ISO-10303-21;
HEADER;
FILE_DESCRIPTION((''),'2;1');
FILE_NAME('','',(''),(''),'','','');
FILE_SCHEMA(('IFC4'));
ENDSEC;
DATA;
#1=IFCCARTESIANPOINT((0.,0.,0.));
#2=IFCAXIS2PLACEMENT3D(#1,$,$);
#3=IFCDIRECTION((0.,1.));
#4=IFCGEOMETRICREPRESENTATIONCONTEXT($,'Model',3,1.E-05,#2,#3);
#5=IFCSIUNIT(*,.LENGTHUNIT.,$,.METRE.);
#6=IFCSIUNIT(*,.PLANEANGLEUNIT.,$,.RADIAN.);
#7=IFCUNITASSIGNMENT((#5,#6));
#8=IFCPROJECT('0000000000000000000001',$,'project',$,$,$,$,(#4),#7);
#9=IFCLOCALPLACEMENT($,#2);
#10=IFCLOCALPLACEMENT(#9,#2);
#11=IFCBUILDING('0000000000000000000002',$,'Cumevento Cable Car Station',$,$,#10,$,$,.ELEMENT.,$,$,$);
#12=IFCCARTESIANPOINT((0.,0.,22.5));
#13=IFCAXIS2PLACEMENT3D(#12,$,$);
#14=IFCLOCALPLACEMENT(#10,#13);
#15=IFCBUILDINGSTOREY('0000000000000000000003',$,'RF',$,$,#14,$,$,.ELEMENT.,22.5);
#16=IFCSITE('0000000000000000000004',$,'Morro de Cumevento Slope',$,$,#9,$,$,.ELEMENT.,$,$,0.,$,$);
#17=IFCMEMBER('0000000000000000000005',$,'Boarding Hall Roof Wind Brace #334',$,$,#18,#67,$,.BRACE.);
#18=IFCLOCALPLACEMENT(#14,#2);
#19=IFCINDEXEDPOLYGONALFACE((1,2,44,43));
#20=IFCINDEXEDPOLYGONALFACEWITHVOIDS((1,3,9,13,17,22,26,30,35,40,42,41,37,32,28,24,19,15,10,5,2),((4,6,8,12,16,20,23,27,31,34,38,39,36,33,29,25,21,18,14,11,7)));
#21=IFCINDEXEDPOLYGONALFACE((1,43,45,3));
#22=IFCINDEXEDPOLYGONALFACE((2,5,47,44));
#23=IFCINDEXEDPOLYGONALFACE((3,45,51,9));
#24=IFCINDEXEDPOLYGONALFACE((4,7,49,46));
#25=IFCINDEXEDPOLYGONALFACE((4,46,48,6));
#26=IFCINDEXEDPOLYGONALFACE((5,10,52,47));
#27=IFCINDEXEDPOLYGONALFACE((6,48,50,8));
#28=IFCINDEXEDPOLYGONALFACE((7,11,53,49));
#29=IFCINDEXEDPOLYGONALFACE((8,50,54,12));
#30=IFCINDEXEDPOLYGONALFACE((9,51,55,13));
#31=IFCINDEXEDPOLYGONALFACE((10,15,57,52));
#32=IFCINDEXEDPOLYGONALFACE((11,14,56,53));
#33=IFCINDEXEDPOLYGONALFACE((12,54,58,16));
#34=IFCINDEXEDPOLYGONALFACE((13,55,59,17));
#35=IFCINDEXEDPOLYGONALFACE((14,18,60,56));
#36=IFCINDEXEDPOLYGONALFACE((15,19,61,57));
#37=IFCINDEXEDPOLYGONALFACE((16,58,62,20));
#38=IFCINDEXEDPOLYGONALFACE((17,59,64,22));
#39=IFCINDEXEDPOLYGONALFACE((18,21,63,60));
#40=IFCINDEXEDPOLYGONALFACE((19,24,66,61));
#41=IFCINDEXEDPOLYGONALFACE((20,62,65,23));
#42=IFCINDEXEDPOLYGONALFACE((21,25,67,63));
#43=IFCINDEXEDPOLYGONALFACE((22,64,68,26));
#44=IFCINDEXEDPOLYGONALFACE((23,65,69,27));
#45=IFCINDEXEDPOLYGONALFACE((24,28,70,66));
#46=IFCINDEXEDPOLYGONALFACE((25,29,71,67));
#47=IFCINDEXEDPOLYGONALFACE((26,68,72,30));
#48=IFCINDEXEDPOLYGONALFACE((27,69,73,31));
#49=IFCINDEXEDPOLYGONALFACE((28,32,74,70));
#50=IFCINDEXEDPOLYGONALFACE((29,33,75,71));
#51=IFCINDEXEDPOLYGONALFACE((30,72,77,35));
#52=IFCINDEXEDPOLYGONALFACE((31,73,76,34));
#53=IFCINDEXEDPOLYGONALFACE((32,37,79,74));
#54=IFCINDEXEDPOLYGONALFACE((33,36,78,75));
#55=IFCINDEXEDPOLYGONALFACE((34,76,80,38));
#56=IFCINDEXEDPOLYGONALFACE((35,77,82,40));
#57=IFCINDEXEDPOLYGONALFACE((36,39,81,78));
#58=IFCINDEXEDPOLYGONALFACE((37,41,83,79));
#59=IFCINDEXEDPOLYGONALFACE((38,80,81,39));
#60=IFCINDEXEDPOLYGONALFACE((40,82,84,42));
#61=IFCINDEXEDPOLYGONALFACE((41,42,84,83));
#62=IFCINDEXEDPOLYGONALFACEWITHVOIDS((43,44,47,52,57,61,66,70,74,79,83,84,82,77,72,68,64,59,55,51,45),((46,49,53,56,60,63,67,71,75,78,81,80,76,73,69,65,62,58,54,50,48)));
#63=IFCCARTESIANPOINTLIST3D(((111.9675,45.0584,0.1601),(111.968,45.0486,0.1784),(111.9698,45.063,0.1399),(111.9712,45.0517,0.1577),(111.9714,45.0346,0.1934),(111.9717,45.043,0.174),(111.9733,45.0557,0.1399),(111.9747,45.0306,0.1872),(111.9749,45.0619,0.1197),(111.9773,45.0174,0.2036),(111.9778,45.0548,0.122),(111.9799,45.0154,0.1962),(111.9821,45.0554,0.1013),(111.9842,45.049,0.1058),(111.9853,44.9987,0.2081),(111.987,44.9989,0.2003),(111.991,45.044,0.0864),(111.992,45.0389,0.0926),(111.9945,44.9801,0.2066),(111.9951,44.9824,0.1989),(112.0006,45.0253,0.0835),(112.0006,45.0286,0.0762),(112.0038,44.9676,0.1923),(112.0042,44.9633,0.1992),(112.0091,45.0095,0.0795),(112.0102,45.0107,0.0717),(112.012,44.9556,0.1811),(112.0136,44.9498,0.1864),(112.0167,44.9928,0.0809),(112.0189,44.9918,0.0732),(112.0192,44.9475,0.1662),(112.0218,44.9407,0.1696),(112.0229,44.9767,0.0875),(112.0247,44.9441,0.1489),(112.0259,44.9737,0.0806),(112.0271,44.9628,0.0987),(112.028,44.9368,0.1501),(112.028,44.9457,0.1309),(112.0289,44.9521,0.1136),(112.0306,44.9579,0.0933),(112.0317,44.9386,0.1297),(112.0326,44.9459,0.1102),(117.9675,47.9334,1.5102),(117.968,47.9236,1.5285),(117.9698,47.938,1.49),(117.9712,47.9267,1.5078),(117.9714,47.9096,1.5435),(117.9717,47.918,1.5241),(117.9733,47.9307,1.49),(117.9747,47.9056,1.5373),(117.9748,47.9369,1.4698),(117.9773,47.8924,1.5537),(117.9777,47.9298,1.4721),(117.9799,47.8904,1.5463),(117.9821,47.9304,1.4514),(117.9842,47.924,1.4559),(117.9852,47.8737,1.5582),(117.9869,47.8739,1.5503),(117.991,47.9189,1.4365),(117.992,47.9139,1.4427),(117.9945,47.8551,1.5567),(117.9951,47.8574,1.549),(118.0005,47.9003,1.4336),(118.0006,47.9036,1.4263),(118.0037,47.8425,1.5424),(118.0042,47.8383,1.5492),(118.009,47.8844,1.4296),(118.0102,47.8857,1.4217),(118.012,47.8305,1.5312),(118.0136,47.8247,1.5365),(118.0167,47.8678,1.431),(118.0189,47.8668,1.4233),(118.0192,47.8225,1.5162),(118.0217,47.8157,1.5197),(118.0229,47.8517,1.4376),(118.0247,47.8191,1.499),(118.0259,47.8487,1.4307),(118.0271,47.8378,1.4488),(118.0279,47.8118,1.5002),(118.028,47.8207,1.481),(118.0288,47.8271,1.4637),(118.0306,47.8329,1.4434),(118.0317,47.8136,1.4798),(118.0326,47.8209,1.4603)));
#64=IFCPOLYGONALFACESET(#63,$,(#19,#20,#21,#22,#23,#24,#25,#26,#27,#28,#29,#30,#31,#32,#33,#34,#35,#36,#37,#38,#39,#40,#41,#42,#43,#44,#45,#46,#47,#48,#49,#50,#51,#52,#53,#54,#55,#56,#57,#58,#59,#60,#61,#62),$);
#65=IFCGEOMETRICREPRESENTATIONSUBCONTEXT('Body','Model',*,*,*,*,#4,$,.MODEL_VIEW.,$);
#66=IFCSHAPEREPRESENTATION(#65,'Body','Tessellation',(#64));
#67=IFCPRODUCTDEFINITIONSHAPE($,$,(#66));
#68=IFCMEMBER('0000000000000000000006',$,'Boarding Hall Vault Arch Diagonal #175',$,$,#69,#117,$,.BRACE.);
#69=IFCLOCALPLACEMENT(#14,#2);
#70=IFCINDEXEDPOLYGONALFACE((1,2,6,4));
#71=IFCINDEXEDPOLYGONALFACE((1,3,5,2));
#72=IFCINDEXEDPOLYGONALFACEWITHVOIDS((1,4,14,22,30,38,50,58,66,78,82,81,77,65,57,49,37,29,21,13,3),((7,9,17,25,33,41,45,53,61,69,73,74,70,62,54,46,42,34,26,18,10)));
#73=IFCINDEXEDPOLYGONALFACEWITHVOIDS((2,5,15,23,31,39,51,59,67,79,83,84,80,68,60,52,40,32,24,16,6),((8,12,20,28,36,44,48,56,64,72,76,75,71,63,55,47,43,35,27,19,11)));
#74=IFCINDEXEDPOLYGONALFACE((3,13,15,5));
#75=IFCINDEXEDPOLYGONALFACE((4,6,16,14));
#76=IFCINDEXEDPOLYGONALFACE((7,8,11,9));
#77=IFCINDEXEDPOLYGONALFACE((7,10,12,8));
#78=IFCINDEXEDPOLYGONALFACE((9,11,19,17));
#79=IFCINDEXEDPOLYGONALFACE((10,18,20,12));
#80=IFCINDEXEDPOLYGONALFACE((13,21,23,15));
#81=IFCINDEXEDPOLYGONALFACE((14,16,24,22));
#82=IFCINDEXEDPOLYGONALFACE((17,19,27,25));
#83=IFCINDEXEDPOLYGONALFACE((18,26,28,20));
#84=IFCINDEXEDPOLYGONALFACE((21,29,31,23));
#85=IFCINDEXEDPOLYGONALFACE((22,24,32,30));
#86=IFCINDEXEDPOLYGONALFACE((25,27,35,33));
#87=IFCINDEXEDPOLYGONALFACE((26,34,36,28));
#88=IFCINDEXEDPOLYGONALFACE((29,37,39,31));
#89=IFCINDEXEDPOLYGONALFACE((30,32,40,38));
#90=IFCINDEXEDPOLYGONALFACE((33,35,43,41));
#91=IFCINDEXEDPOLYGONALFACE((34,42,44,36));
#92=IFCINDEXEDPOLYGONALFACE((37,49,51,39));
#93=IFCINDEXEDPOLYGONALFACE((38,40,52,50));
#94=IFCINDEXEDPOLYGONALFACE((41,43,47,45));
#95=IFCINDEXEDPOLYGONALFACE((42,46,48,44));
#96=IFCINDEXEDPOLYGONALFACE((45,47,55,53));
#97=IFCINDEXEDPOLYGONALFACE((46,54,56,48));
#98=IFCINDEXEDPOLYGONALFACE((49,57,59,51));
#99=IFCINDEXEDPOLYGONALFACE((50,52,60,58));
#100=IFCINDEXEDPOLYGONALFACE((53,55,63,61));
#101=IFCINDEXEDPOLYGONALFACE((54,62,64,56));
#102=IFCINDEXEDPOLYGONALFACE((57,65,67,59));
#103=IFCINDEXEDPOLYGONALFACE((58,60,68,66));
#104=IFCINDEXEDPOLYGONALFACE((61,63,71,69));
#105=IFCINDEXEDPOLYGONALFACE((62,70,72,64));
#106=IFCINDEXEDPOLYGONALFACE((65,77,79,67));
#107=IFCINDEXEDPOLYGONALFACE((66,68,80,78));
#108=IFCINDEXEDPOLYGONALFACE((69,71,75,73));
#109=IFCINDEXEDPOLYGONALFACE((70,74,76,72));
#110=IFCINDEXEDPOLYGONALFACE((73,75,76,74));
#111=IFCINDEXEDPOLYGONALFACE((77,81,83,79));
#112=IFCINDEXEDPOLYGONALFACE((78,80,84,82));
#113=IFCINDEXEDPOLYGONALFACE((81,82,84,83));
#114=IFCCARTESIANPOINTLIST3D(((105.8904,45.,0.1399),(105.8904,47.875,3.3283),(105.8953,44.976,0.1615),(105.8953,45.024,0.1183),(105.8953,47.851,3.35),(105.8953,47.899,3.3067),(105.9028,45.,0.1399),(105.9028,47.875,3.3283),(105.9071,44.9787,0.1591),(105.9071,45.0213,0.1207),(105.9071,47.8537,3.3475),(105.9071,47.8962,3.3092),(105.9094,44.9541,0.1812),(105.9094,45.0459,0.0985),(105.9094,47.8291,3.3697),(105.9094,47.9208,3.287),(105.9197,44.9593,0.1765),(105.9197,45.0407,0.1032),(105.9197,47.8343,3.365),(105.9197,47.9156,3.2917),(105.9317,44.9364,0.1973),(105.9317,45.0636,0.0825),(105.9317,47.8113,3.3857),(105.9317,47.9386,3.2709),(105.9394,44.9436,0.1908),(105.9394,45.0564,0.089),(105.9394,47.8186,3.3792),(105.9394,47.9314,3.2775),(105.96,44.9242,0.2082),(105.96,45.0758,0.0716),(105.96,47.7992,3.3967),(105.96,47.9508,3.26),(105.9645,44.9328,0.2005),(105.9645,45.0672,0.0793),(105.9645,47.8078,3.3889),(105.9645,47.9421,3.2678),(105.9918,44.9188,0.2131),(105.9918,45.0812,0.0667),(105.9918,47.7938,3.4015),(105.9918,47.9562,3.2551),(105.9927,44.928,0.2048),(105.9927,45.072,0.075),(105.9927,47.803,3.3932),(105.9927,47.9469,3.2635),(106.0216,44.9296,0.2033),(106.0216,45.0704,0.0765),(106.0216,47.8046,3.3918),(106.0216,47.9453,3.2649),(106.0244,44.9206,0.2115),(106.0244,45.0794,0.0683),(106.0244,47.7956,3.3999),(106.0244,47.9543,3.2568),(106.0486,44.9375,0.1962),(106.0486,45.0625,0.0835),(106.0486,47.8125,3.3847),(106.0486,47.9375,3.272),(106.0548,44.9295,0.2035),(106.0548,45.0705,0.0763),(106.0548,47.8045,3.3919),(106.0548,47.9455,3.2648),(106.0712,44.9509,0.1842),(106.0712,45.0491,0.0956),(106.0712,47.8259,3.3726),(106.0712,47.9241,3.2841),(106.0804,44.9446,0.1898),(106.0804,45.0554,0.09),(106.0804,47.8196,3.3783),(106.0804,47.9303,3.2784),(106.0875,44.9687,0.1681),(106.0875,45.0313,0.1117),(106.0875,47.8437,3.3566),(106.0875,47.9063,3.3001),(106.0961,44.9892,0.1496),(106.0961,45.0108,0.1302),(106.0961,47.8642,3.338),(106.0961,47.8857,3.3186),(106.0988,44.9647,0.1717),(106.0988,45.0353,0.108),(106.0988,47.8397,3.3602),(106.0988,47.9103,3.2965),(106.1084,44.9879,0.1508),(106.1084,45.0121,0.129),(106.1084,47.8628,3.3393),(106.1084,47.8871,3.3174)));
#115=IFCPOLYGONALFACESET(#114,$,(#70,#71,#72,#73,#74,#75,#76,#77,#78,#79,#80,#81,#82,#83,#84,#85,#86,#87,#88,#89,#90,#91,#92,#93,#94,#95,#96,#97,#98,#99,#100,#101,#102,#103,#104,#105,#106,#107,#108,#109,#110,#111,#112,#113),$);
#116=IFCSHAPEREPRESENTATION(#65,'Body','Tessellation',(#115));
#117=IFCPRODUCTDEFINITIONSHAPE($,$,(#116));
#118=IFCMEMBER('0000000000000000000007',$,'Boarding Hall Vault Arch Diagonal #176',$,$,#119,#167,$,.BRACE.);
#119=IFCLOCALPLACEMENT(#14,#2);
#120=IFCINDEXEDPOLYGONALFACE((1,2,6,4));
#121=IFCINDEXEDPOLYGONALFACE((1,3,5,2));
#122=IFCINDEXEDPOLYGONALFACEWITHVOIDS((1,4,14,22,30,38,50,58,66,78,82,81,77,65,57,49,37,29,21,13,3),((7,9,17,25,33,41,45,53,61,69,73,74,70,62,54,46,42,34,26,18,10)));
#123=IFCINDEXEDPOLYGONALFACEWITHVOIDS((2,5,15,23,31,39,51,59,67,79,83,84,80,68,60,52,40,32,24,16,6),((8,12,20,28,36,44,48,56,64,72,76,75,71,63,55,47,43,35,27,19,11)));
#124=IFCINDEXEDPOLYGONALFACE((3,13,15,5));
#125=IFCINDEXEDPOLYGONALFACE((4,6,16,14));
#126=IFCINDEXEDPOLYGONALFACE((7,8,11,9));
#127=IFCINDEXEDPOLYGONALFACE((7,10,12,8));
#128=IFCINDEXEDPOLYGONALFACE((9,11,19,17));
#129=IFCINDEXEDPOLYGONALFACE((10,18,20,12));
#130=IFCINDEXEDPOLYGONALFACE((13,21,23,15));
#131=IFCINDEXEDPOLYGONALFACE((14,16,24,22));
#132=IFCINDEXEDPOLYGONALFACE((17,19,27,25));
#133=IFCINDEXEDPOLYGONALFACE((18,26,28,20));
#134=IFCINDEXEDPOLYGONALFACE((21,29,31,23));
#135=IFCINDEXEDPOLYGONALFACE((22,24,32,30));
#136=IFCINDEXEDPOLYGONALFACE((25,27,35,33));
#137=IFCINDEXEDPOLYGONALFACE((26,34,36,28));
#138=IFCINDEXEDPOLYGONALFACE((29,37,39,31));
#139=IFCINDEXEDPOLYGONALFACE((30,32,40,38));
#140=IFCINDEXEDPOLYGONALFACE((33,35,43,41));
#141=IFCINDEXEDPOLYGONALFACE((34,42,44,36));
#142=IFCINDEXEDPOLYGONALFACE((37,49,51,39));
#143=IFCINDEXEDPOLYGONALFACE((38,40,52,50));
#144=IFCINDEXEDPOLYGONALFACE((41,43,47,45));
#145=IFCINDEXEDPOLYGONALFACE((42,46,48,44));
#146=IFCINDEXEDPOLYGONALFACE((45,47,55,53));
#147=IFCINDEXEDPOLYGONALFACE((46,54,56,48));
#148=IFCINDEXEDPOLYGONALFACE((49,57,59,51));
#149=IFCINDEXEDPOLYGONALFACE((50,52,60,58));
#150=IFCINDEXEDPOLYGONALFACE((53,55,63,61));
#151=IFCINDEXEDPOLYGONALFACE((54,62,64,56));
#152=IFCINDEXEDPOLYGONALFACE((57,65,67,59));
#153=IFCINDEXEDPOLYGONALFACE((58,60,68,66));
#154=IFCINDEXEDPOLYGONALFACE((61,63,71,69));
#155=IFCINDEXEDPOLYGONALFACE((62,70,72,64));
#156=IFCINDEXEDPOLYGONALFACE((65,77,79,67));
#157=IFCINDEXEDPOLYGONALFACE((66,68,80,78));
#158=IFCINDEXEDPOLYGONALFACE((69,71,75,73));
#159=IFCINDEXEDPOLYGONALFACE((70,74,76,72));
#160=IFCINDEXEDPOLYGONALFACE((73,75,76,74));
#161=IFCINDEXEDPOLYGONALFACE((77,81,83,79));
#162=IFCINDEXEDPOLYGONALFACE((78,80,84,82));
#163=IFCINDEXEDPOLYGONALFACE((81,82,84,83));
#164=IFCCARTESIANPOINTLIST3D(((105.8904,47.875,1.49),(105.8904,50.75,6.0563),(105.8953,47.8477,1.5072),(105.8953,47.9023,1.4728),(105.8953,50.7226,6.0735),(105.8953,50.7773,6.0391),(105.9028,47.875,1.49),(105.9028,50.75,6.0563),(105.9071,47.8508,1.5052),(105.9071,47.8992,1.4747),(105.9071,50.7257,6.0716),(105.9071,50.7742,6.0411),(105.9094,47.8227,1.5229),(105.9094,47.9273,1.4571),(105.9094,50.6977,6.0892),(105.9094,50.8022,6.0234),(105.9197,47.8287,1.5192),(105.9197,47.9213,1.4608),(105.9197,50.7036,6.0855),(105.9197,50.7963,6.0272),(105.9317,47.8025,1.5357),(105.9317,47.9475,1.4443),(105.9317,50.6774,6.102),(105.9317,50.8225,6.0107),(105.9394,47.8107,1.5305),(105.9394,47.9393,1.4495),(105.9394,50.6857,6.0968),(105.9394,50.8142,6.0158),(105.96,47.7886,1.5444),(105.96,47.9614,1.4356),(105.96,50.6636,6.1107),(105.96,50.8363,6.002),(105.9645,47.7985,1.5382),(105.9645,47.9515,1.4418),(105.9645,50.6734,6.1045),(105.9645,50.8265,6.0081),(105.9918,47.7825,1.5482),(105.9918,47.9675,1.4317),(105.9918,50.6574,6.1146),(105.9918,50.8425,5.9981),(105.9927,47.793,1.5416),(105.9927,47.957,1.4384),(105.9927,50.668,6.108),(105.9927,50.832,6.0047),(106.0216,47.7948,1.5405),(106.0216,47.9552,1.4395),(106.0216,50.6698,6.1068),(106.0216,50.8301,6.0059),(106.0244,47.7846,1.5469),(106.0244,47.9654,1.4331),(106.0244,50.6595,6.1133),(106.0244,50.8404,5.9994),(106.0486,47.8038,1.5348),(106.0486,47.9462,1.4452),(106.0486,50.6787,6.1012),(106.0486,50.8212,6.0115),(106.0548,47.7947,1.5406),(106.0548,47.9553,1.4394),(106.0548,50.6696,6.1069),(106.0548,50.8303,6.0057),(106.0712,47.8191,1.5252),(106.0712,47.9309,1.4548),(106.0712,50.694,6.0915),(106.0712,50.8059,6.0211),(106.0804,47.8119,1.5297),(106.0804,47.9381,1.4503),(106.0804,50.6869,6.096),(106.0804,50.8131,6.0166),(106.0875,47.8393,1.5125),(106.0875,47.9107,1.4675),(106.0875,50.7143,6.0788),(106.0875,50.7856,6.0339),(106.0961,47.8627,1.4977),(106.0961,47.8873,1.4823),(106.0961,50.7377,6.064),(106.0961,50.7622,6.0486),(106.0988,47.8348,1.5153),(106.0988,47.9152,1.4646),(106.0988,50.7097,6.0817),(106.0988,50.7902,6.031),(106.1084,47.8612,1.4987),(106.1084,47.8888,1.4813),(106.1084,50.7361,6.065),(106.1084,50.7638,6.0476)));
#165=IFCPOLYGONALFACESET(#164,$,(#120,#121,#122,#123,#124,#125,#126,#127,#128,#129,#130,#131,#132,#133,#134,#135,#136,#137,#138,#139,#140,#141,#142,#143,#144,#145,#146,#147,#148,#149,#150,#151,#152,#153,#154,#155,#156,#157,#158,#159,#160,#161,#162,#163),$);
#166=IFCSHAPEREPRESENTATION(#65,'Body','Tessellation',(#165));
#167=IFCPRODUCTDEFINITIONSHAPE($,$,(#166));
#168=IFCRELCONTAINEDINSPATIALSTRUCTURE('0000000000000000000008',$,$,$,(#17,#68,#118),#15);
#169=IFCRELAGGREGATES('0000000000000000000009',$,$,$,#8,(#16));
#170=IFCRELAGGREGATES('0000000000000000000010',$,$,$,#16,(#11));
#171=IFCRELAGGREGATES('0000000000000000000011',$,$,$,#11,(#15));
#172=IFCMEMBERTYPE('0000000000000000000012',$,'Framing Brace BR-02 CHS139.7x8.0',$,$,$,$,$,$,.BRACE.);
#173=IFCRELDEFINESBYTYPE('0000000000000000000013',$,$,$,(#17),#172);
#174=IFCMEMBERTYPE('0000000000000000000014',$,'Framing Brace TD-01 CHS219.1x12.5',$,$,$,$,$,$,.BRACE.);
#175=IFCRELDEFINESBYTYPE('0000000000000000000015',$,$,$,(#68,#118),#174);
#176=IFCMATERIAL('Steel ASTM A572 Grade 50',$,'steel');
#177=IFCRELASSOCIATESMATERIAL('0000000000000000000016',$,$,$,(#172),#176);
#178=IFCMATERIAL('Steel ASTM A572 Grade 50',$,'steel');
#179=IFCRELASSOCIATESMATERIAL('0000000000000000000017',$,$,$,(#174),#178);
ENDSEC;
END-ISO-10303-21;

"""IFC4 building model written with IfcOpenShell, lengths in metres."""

from ifc_helpers import new_model, si_unit, direction, frame, origin, origin_2d, place, context, subcontext, project, spatial, hollow_circle, extrude, material, material_profile, profile_set, type_object, element, save


model = new_model("IFC4")

# Units and contexts
model_context = context("Model", 3, precision=1e-05, world=origin(), true_north=direction((0.0, 1.0)))
body_context = subcontext(model_context, "Body", "Model", "MODEL_VIEW")
ifc_project = project(units=[si_unit("LENGTHUNIT", "METRE"), si_unit("PLANEANGLEUNIT", "RADIAN")], contexts=[model_context])

# Site, building, storey
site_placement = place(None, origin())
site = spatial("IfcSite", under=ifc_project, at=site_placement, Name="Morro de Cumevento Slope", CompositionType="ELEMENT", RefElevation=0.0)
building_placement = place(site_placement, origin())
building = spatial("IfcBuilding", under=site, at=building_placement, Name="Cumevento Cable Car Station", CompositionType="ELEMENT")
storey_placement = place(building_placement, frame((0.0, 0.0, 22.5)))
storey = spatial("IfcBuildingStorey", under=building, at=storey_placement, Name="RF", CompositionType="ELEMENT", Elevation=22.5)

# Members
ifc_material_1 = material(Name="Steel ASTM A572 Grade 50", Category="steel")
ifc_material_profile_1 = material_profile(ifc_material_1, hollow_circle(Radius=0.0698, WallThickness=0.0081, at=origin_2d()), Name="CHS139.7x8.0")
ifc_profile_set_1 = profile_set([ifc_material_profile_1], Name="Steel ASTM A572 Grade 50")
member_type_1 = type_object("IfcMemberType", Name="Framing Brace BR-02 CHS139.7x8.0", PredefinedType="BRACE", material=ifc_profile_set_1)
member_1_placement = place(storey_placement, frame((112.0, 45.0, 0.1399), z_axis=(0.883803, 0.423489, 0.19887), x_axis=(-0.43212, 0.901816, 0.0)))
element("IfcMember", 1, at=member_1_placement, inside=storey, type_object=member_type_1, Name="Boarding Hall Roof Wind Brace #334", PredefinedType="BRACE", context=body_context, shape_type="SweptSolid", body=[
    extrude(hollow_circle(Radius=0.0698, WallThickness=0.0081, at=origin_2d()), origin(), (0.0, 0.0, 1.0), 6.7888),
])
ifc_material_2 = material(Name="Steel ASTM A572 Grade 50", Category="steel")
ifc_material_profile_2 = material_profile(ifc_material_2, hollow_circle(Radius=0.1096, WallThickness=0.0125, at=origin_2d()), Name="CHS219.1x12.5")
ifc_profile_set_2 = profile_set([ifc_material_profile_2], Name="Steel ASTM A572 Grade 50")
member_type_2 = type_object("IfcMemberType", Name="Framing Brace TD-01 CHS219.1x12.5", PredefinedType="BRACE", material=ifc_profile_set_2)
member_2_placement = place(storey_placement, frame((106.0, 45.0, 0.1399), z_axis=(0.0, 0.669656, 0.742672), x_axis=(-1.0, 0.0, 0.0)))
element("IfcMember", 2, at=member_2_placement, inside=storey, type_object=member_type_2, Name="Boarding Hall Vault Arch Diagonal #175", PredefinedType="BRACE", context=body_context, shape_type="SweptSolid", body=[
    extrude(hollow_circle(Radius=0.1096, WallThickness=0.0125, at=origin_2d()), origin(), (0.0, 0.0, 1.0), 4.2932),
])
member_3_placement = place(storey_placement, frame((106.0, 47.875, 1.49), z_axis=(0.0, 0.532794, 0.846245), x_axis=(-1.0, 0.0, 0.0)))
element("IfcMember", 3, at=member_3_placement, inside=storey, type_object=member_type_2, Name="Boarding Hall Vault Arch Diagonal #176", PredefinedType="BRACE", context=body_context, shape_type="SweptSolid", body=[
    extrude(hollow_circle(Radius=0.1096, WallThickness=0.0125, at=origin_2d()), origin(), (0.0, 0.0, 1.0), 5.396),
])

save(model, "model.ifc")
